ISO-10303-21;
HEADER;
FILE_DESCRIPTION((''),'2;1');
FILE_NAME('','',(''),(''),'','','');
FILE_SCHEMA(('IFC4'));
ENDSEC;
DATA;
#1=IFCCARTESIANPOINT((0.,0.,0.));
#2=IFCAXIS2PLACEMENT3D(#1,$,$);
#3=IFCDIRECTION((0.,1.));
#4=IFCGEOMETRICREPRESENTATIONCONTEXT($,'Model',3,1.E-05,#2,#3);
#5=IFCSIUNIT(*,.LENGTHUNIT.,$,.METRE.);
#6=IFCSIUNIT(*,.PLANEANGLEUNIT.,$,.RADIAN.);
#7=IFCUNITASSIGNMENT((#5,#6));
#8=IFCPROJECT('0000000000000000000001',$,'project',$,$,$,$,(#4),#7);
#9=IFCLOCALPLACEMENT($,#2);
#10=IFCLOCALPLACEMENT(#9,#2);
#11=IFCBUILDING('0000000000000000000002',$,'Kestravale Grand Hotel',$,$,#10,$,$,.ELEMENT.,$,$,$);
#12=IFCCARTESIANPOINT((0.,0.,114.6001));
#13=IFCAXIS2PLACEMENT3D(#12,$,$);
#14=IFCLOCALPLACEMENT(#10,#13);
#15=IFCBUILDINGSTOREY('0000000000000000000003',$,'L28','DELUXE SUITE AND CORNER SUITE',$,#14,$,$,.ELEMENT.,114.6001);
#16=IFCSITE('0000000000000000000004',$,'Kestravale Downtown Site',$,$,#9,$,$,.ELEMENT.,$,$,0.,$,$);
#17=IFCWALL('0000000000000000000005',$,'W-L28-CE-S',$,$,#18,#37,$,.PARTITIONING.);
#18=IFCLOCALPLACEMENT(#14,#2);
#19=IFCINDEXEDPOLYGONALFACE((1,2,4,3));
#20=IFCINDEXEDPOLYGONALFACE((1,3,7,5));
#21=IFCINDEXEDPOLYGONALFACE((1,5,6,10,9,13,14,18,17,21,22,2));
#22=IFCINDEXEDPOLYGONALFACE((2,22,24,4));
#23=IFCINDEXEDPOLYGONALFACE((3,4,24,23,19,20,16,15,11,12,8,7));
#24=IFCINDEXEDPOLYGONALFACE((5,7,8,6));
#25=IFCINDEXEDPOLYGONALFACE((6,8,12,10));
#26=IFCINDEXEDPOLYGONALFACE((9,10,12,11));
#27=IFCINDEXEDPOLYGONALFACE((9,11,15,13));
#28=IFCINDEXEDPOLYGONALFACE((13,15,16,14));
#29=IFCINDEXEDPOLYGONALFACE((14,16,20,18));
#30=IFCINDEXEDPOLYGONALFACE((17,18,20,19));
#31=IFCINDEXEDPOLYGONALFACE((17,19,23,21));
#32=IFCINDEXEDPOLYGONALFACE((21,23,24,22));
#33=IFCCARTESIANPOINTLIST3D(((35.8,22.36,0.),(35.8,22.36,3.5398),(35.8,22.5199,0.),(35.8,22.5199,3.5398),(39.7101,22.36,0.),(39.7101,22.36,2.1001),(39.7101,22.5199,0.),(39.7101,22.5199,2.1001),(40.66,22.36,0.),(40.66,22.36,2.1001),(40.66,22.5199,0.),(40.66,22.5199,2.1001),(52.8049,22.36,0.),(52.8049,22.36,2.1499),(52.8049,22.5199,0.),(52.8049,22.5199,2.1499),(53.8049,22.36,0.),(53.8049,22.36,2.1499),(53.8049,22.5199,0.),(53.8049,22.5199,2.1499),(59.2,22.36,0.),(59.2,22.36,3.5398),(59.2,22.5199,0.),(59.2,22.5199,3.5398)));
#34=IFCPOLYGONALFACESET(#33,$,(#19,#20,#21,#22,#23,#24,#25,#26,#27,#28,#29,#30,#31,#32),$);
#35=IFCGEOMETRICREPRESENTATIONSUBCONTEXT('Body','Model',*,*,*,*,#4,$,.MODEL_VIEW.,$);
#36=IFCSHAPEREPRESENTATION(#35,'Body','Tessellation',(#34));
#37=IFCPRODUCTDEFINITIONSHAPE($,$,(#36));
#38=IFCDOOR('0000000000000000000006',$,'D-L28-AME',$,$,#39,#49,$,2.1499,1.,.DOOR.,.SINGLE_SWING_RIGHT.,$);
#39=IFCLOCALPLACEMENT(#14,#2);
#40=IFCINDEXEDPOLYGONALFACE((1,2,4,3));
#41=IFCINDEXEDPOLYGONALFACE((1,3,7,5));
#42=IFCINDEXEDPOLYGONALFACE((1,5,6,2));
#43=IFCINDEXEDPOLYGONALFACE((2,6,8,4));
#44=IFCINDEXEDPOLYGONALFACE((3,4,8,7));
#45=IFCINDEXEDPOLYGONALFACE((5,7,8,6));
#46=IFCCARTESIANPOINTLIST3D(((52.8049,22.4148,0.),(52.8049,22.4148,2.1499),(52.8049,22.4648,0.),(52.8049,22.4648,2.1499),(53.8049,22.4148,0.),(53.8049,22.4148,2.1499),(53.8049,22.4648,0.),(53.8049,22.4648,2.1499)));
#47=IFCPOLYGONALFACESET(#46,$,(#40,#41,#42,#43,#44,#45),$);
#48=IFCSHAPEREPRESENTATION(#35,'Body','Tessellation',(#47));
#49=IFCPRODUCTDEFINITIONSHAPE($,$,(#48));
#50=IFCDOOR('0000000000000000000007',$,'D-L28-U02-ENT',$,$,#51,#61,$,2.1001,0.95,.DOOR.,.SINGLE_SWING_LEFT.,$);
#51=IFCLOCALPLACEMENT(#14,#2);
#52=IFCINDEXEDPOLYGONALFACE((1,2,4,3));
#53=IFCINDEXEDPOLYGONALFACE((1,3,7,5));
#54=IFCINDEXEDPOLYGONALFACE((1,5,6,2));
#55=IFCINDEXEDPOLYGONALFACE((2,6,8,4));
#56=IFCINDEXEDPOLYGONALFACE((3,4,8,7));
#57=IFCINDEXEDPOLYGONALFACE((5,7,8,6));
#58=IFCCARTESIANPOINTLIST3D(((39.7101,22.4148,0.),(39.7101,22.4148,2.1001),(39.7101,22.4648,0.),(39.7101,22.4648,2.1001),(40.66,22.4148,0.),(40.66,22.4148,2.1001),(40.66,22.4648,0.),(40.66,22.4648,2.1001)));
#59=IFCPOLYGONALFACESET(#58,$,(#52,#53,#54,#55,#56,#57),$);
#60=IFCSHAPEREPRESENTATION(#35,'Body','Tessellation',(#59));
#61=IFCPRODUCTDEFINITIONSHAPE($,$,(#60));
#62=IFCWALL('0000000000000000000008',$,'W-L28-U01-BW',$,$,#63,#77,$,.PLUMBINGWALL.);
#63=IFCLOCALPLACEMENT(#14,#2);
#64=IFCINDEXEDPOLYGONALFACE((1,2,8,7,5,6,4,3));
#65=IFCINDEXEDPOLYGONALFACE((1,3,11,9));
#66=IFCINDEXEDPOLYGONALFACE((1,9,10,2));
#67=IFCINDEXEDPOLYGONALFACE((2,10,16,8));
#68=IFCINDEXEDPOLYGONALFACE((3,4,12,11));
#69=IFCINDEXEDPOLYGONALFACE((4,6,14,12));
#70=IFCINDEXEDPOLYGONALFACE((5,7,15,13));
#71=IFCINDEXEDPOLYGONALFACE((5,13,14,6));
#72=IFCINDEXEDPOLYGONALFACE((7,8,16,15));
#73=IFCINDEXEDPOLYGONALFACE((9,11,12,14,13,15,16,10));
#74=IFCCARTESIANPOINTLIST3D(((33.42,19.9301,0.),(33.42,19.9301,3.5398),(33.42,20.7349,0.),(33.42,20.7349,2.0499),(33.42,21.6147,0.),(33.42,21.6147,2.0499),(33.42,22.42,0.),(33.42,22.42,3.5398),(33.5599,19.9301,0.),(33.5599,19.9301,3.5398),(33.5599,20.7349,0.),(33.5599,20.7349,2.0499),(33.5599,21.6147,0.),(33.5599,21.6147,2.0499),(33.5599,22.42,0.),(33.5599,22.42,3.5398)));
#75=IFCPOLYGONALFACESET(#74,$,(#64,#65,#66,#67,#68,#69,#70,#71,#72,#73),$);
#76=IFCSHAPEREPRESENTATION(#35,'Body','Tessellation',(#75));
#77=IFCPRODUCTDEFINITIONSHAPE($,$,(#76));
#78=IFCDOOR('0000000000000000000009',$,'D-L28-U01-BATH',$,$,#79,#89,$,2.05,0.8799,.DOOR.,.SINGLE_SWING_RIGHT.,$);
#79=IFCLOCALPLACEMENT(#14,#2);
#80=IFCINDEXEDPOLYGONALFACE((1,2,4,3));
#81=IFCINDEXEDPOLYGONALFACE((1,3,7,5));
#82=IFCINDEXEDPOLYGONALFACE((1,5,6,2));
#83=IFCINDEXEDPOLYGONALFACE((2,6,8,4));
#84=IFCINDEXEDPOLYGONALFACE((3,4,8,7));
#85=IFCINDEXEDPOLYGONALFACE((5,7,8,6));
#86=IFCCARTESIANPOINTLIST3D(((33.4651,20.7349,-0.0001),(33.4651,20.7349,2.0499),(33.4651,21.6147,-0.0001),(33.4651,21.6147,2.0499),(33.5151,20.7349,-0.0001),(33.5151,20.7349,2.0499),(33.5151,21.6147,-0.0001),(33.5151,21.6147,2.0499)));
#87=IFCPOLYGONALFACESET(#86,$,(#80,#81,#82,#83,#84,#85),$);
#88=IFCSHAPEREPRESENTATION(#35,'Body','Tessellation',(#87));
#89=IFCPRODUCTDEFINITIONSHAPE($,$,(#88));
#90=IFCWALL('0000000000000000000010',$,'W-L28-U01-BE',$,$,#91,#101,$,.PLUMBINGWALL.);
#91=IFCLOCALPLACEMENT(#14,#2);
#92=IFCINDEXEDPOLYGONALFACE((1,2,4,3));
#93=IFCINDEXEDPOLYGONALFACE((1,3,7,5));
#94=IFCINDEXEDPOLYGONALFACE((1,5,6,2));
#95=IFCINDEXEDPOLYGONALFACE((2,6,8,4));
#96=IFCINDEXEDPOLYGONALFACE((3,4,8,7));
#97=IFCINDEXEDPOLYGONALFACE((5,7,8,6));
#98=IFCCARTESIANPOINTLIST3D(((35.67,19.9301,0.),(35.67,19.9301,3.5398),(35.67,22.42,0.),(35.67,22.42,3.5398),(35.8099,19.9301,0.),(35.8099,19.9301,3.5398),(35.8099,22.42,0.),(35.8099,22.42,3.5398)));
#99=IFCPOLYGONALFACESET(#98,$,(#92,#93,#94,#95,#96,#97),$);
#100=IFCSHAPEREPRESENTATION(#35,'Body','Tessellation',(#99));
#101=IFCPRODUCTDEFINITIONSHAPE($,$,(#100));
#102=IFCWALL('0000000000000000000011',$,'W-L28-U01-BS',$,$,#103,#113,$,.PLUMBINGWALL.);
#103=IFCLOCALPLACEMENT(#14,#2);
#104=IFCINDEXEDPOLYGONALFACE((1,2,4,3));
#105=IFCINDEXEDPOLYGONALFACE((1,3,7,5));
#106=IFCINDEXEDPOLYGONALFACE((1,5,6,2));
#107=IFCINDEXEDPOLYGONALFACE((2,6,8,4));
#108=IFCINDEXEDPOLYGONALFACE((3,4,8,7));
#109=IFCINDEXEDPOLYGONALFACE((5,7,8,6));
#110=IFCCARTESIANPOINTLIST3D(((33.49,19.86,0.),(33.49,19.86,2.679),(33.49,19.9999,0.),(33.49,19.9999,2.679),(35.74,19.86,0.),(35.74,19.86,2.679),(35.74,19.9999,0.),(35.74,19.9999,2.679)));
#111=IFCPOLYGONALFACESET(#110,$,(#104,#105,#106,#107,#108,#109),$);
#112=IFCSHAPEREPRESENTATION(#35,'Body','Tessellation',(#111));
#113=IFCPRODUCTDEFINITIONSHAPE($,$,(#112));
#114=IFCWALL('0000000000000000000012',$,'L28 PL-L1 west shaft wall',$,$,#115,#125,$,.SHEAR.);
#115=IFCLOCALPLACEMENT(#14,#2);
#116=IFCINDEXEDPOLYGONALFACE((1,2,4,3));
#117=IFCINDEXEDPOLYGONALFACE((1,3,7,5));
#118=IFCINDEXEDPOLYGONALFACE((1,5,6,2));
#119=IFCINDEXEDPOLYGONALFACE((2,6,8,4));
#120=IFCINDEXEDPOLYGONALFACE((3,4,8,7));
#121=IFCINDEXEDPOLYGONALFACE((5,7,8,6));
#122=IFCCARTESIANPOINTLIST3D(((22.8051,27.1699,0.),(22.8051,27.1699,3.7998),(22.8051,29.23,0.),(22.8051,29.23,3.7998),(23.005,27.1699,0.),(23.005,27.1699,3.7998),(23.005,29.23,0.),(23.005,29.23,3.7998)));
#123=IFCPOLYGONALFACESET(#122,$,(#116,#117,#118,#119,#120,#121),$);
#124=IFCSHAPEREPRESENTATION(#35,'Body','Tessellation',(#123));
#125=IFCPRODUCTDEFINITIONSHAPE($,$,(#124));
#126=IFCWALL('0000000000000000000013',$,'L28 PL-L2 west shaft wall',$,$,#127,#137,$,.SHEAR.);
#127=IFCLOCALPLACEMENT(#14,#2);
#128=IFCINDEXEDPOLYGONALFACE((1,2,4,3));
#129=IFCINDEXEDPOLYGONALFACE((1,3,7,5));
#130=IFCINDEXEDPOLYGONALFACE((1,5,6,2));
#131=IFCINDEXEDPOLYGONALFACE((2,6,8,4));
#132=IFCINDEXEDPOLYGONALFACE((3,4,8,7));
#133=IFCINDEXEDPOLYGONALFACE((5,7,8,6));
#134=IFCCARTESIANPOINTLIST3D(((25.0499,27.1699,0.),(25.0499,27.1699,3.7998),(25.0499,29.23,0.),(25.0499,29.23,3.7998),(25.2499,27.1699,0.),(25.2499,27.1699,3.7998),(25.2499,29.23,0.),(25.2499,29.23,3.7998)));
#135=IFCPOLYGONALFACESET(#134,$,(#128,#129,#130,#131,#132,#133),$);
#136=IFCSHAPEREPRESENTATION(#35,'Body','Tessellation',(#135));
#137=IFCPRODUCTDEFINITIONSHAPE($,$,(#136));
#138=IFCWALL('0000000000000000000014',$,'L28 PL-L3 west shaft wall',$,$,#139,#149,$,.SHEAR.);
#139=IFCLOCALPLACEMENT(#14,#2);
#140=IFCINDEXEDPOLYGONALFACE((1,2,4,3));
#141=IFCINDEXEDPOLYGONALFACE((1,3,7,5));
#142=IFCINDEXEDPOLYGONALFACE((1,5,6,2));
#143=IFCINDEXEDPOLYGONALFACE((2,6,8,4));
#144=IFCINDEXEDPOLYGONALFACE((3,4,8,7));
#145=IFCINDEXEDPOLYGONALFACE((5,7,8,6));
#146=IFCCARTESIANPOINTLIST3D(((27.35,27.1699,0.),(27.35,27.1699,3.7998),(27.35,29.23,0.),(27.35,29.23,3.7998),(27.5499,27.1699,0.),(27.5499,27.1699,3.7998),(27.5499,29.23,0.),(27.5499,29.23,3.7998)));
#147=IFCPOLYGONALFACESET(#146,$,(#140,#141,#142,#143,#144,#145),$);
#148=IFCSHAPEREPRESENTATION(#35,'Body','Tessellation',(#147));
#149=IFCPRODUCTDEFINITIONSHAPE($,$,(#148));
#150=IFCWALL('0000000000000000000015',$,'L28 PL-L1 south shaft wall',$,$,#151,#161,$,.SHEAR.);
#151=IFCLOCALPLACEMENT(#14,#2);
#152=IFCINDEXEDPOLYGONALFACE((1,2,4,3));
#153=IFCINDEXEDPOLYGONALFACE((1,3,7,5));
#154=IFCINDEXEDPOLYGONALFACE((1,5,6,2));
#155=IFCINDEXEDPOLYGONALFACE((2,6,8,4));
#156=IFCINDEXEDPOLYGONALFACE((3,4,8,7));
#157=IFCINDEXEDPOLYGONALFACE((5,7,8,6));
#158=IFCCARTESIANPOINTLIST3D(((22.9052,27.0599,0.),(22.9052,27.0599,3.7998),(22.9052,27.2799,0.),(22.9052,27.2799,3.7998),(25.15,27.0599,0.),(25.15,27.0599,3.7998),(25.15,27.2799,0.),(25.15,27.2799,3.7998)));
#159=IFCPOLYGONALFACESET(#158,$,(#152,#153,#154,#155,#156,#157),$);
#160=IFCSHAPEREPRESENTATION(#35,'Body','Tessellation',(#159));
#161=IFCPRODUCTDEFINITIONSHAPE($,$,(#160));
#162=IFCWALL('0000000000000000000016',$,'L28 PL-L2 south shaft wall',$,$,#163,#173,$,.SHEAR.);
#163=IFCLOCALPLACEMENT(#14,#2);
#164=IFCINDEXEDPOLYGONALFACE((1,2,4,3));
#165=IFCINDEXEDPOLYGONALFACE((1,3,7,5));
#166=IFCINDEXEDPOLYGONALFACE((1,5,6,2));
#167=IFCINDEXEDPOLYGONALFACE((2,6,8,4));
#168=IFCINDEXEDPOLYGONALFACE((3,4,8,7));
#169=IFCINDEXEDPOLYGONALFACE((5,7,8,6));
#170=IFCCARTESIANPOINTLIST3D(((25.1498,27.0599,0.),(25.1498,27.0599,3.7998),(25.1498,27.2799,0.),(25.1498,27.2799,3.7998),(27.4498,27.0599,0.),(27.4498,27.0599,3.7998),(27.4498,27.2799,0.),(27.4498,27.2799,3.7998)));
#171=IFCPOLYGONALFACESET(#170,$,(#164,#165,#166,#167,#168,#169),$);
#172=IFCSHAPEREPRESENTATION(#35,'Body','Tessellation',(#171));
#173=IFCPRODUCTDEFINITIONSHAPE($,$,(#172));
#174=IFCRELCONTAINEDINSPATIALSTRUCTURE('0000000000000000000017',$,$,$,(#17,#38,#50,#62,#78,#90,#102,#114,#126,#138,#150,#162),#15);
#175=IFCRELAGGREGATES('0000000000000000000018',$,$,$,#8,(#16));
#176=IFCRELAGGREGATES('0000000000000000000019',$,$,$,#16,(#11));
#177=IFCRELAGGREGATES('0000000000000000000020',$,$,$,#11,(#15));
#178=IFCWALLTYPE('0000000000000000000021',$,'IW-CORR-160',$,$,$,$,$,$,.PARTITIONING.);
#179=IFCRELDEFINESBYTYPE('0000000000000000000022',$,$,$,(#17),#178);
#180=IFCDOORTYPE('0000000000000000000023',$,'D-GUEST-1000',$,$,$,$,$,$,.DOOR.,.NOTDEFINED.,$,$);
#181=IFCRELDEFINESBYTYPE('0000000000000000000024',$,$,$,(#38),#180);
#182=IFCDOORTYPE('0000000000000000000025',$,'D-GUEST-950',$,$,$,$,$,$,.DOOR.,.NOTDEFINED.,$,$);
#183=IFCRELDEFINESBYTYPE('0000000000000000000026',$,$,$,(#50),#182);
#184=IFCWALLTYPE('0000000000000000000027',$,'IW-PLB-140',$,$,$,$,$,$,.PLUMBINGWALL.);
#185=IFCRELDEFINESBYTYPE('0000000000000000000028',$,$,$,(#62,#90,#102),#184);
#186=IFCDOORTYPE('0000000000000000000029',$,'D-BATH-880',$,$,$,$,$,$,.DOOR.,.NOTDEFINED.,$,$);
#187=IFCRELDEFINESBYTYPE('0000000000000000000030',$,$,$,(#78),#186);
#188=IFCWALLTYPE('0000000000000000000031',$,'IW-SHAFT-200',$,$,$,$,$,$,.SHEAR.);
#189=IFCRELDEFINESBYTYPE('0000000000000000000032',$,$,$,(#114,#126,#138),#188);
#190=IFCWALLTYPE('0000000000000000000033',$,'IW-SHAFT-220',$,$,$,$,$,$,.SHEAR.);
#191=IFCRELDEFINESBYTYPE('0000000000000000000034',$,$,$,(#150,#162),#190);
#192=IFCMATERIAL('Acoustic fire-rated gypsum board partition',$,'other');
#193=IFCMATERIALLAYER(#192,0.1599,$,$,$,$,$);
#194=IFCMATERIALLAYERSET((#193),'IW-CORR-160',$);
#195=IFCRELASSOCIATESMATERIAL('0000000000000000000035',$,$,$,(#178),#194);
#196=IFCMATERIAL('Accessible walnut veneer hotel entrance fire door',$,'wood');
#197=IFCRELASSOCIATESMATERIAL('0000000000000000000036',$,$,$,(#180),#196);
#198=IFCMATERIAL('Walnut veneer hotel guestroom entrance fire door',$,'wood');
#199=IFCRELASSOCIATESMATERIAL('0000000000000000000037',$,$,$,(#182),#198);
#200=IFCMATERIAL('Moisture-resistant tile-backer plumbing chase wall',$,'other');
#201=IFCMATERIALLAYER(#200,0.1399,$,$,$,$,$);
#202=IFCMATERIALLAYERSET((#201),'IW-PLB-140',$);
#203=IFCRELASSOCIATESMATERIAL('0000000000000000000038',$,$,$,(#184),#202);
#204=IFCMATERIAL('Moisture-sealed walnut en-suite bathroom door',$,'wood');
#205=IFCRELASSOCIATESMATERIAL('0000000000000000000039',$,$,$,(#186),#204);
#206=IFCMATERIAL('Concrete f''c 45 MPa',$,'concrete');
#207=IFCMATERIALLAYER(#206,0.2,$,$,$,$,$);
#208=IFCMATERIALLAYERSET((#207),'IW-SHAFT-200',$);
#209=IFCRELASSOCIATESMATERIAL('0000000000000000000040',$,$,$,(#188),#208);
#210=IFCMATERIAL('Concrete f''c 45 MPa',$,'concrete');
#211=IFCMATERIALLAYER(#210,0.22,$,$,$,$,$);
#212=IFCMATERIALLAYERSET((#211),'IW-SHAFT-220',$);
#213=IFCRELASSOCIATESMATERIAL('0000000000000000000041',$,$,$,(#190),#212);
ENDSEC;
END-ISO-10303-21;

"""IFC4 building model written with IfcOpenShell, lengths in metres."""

from ifc_helpers import new_model, si_unit, direction, frame, frame_2d, origin, place, context, subcontext, project, spatial, rectangle, extrude, material, layer, layer_set, type_object, element, fill, save


model = new_model("IFC4")

# Units and contexts
model_context = context("Model", 3, precision=1e-05, world=origin(), true_north=direction((0.0, 1.0)))
body_context = subcontext(model_context, "Body", "Model", "MODEL_VIEW")
ifc_project = project(units=[si_unit("LENGTHUNIT", "METRE"), si_unit("PLANEANGLEUNIT", "RADIAN")], contexts=[model_context])

# Site, building, storey
site_placement = place(None, origin())
site = spatial("IfcSite", under=ifc_project, at=site_placement, Name="Kestravale Downtown Site", CompositionType="ELEMENT", RefElevation=0.0)
building_placement = place(site_placement, origin())
building = spatial("IfcBuilding", under=site, at=building_placement, Name="Kestravale Grand Hotel", CompositionType="ELEMENT")
storey_placement = place(building_placement, frame((0.0, 0.0, 114.6001)))
storey = spatial("IfcBuildingStorey", under=building, at=storey_placement, Name="L28", Description="DELUXE SUITE AND CORNER SUITE", CompositionType="ELEMENT", Elevation=114.6001)

# Shared definitions
ifc_material_1 = material(Name="Acoustic fire-rated gypsum board partition", Category="other")
ifc_layer_1 = layer(ifc_material_1, 0.1599)
ifc_layer_set_1 = layer_set([ifc_layer_1], Name="IW-CORR-160")
wall_type_1 = type_object("IfcWallType", Name="IW-CORR-160", PredefinedType="PARTITIONING", material=ifc_layer_set_1)

# Wall, openings, doors
wall_1_placement = place(storey_placement, frame((35.8, 22.4399, 0.0), z_axis=(0.0, 0.0, 1.0), x_axis=(1.0, 0.0, 0.0)))
wall_1 = element("IfcWall", 1, at=wall_1_placement, inside=storey, type_object=wall_type_1, Name="W-L28-CE-S", PredefinedType="PARTITIONING", context=body_context, shape_type="SweptSolid", body=[
    extrude(rectangle(XDim=23.3999, YDim=0.1599, at=frame_2d((11.7, 0.0))), origin(), (0.0, 0.0, 1.0), 3.5398),
])
opening_1_placement = place(wall_1_placement, frame((3.9099, 0.0, 0.0)))
opening_1 = element("IfcOpeningElement", 2, at=opening_1_placement, cuts=wall_1, PredefinedType="OPENING", context=body_context, shape_type="SweptSolid", body=[
    extrude(rectangle(XDim=0.95, YDim=2.1001, at=frame_2d((0.4751, 1.05))), frame((0.0, 0.0898, 0.0), z_axis=(0.0, -1.0, 0.0), x_axis=(1.0, 0.0, 0.0)), (0.0, 0.0, 1.0), 0.1799),
])
opening_2_placement = place(wall_1_placement, frame((17.0049, 0.0, 0.0)))
opening_2 = element("IfcOpeningElement", 3, at=opening_2_placement, cuts=wall_1, PredefinedType="OPENING", context=body_context, shape_type="SweptSolid", body=[
    extrude(rectangle(XDim=1.0, YDim=2.1499, at=frame_2d((0.5, 1.075))), frame((0.0, 0.0898, 0.0), z_axis=(0.0, -1.0, 0.0), x_axis=(1.0, 0.0, 0.0)), (0.0, 0.0, 1.0), 0.1799),
])
ifc_material_2 = material(Name="Accessible walnut veneer hotel entrance fire door", Category="wood")
door_type_1 = type_object("IfcDoorType", Name="D-GUEST-1000", OperationType="NOTDEFINED", PredefinedType="DOOR", material=ifc_material_2)
door_1_placement = place(opening_2_placement, origin())
door_1 = element("IfcDoor", 4, at=door_1_placement, inside=storey, type_object=door_type_1, Name="D-L28-AME", OperationType="SINGLE_SWING_RIGHT", OverallHeight=2.1499, OverallWidth=1.0, PredefinedType="DOOR", context=body_context, shape_type="SweptSolid", body=[
    extrude(rectangle(XDim=1.0, YDim=2.1499, at=frame_2d((0.5, 1.075))), frame((0.0, 0.0249, 0.0), z_axis=(0.0, -1.0, 0.0), x_axis=(1.0, 0.0, 0.0)), (0.0, 0.0, 1.0), 0.05),
])
fill(opening_2, door_1)
ifc_material_3 = material(Name="Walnut veneer hotel guestroom entrance fire door", Category="wood")
door_type_2 = type_object("IfcDoorType", Name="D-GUEST-950", OperationType="NOTDEFINED", PredefinedType="DOOR", material=ifc_material_3)
door_2_placement = place(opening_1_placement, origin())
door_2 = element("IfcDoor", 5, at=door_2_placement, inside=storey, type_object=door_type_2, Name="D-L28-U02-ENT", OperationType="SINGLE_SWING_LEFT", OverallHeight=2.1001, OverallWidth=0.95, PredefinedType="DOOR", context=body_context, shape_type="SweptSolid", body=[
    extrude(rectangle(XDim=0.95, YDim=2.1001, at=frame_2d((0.4751, 1.05))), frame((0.0, 0.0249, 0.0), z_axis=(0.0, -1.0, 0.0), x_axis=(1.0, 0.0, 0.0)), (0.0, 0.0, 1.0), 0.05),
])
fill(opening_1, door_2)

# Wall, opening, door
ifc_material_4 = material(Name="Moisture-resistant tile-backer plumbing chase wall", Category="other")
ifc_layer_2 = layer(ifc_material_4, 0.1399)
ifc_layer_set_2 = layer_set([ifc_layer_2], Name="IW-PLB-140")
wall_type_2 = type_object("IfcWallType", Name="IW-PLB-140", PredefinedType="PLUMBINGWALL", material=ifc_layer_set_2)
wall_2_placement = place(storey_placement, frame((33.49, 19.9299, 0.0), z_axis=(0.0, 0.0, 1.0), x_axis=(0.0, 1.0, 0.0)))
wall_2 = element("IfcWall", 6, at=wall_2_placement, inside=storey, type_object=wall_type_2, Name="W-L28-U01-BW", PredefinedType="PLUMBINGWALL", context=body_context, shape_type="SweptSolid", body=[
    extrude(rectangle(XDim=2.49, YDim=0.1399, at=frame_2d((1.2451, 0.0))), origin(), (0.0, 0.0, 1.0), 3.5398),
])
opening_3_placement = place(wall_2_placement, frame((0.8049, 0.0, 0.0)))
opening_3 = element("IfcOpeningElement", 7, at=opening_3_placement, cuts=wall_2, PredefinedType="OPENING", context=body_context, shape_type="SweptSolid", body=[
    extrude(rectangle(XDim=0.8799, YDim=2.05, at=frame_2d((0.4399, 1.0249))), frame((0.0, 0.0798, 0.0), z_axis=(0.0, -1.0, 0.0), x_axis=(1.0, 0.0, 0.0)), (0.0, 0.0, 1.0), 0.1599),
])
ifc_material_5 = material(Name="Moisture-sealed walnut en-suite bathroom door", Category="wood")
door_type_3 = type_object("IfcDoorType", Name="D-BATH-880", OperationType="NOTDEFINED", PredefinedType="DOOR", material=ifc_material_5)
door_3_placement = place(opening_3_placement, origin())
door_3 = element("IfcDoor", 8, at=door_3_placement, inside=storey, type_object=door_type_3, Name="D-L28-U01-BATH", OperationType="SINGLE_SWING_RIGHT", OverallHeight=2.05, OverallWidth=0.8799, PredefinedType="DOOR", context=body_context, shape_type="SweptSolid", body=[
    extrude(rectangle(XDim=0.8799, YDim=2.05, at=frame_2d((0.4399, 1.0249))), frame((0.0, 0.0249, 0.0), z_axis=(0.0, -1.0, 0.0), x_axis=(1.0, 0.0, 0.0)), (0.0, 0.0, 1.0), 0.05),
])
fill(opening_3, door_3)

# Walls
wall_3_placement = place(storey_placement, frame((35.74, 19.9299, 0.0), z_axis=(0.0, 0.0, 1.0), x_axis=(0.0, 1.0, 0.0)))
element("IfcWall", 9, at=wall_3_placement, inside=storey, type_object=wall_type_2, Name="W-L28-U01-BE", PredefinedType="PLUMBINGWALL", context=body_context, shape_type="SweptSolid", body=[
    extrude(rectangle(XDim=2.49, YDim=0.1399, at=frame_2d((1.2451, 0.0))), origin(), (0.0, 0.0, 1.0), 3.5398),
])
wall_4_placement = place(storey_placement, frame((33.49, 19.9299, 0.0), z_axis=(0.0, 0.0, 1.0), x_axis=(1.0, 0.0, 0.0)))
element("IfcWall", 10, at=wall_4_placement, inside=storey, type_object=wall_type_2, Name="W-L28-U01-BS", PredefinedType="PLUMBINGWALL", context=body_context, shape_type="SweptSolid", body=[
    extrude(rectangle(XDim=2.25, YDim=0.1399, at=frame_2d((1.125, 0.0))), origin(), (0.0, 0.0, 1.0), 2.679),
])
ifc_material_6 = material(Name="Concrete f'c 45 MPa", Category="concrete")
ifc_layer_3 = layer(ifc_material_6, 0.2)
ifc_layer_set_3 = layer_set([ifc_layer_3], Name="IW-SHAFT-200")
wall_type_3 = type_object("IfcWallType", Name="IW-SHAFT-200", PredefinedType="SHEAR", material=ifc_layer_set_3)
for number, where, z_axis, x_axis, name in (
    (11, (22.905, 27.1699, 0.0), (0.0, 0.0, 1.0), (0.0, 1.0, 0.0), "L28 PL-L1 west shaft wall"),
    (12, (25.1499, 27.1699, 0.0), (0.0, 0.0, 1.0), (0.0, 1.0, 0.0), "L28 PL-L2 west shaft wall"),
    (13, (27.45, 27.1699, 0.0), (0.0, 0.0, 1.0), (0.0, 1.0, 0.0), "L28 PL-L3 west shaft wall"),
):
    element("IfcWall", number, at=place(storey_placement, frame(where, z_axis=z_axis, x_axis=x_axis)), inside=storey, type_object=wall_type_3, Name=name, PredefinedType="SHEAR", context=body_context, shape_type="SweptSolid", body=[
        extrude(rectangle(XDim=2.0601, YDim=0.2, at=frame_2d((1.03, 0.0))), origin(), (0.0, 0.0, 1.0), 3.7998),
    ])
ifc_material_7 = material(Name="Concrete f'c 45 MPa", Category="concrete")
ifc_layer_4 = layer(ifc_material_7, 0.22)
ifc_layer_set_4 = layer_set([ifc_layer_4], Name="IW-SHAFT-220")
wall_type_4 = type_object("IfcWallType", Name="IW-SHAFT-220", PredefinedType="SHEAR", material=ifc_layer_set_4)
wall_5_placement = place(storey_placement, frame((22.905, 27.1699, 0.0), z_axis=(0.0, 0.0, 1.0), x_axis=(1.0, 0.0, 0.0)))
element("IfcWall", 14, at=wall_5_placement, inside=storey, type_object=wall_type_4, Name="L28 PL-L1 south shaft wall", PredefinedType="SHEAR", context=body_context, shape_type="SweptSolid", body=[
    extrude(rectangle(XDim=2.2449, YDim=0.22, at=frame_2d((1.1226, 0.0))), origin(), (0.0, 0.0, 1.0), 3.7998),
])
for number, where, z_axis, x_axis, name in (
    (15, (25.1499, 27.1699, 0.0), (0.0, 0.0, 1.0), (1.0, 0.0, 0.0), "L28 PL-L2 south shaft wall"),
):
    element("IfcWall", number, at=place(storey_placement, frame(where, z_axis=z_axis, x_axis=x_axis)), inside=storey, type_object=wall_type_4, Name=name, PredefinedType="SHEAR", context=body_context, shape_type="SweptSolid", body=[
        extrude(rectangle(XDim=2.3, YDim=0.22, at=frame_2d((1.1499, 0.0))), origin(), (0.0, 0.0, 1.0), 3.7998),
    ])

save(model, "model.ifc")
